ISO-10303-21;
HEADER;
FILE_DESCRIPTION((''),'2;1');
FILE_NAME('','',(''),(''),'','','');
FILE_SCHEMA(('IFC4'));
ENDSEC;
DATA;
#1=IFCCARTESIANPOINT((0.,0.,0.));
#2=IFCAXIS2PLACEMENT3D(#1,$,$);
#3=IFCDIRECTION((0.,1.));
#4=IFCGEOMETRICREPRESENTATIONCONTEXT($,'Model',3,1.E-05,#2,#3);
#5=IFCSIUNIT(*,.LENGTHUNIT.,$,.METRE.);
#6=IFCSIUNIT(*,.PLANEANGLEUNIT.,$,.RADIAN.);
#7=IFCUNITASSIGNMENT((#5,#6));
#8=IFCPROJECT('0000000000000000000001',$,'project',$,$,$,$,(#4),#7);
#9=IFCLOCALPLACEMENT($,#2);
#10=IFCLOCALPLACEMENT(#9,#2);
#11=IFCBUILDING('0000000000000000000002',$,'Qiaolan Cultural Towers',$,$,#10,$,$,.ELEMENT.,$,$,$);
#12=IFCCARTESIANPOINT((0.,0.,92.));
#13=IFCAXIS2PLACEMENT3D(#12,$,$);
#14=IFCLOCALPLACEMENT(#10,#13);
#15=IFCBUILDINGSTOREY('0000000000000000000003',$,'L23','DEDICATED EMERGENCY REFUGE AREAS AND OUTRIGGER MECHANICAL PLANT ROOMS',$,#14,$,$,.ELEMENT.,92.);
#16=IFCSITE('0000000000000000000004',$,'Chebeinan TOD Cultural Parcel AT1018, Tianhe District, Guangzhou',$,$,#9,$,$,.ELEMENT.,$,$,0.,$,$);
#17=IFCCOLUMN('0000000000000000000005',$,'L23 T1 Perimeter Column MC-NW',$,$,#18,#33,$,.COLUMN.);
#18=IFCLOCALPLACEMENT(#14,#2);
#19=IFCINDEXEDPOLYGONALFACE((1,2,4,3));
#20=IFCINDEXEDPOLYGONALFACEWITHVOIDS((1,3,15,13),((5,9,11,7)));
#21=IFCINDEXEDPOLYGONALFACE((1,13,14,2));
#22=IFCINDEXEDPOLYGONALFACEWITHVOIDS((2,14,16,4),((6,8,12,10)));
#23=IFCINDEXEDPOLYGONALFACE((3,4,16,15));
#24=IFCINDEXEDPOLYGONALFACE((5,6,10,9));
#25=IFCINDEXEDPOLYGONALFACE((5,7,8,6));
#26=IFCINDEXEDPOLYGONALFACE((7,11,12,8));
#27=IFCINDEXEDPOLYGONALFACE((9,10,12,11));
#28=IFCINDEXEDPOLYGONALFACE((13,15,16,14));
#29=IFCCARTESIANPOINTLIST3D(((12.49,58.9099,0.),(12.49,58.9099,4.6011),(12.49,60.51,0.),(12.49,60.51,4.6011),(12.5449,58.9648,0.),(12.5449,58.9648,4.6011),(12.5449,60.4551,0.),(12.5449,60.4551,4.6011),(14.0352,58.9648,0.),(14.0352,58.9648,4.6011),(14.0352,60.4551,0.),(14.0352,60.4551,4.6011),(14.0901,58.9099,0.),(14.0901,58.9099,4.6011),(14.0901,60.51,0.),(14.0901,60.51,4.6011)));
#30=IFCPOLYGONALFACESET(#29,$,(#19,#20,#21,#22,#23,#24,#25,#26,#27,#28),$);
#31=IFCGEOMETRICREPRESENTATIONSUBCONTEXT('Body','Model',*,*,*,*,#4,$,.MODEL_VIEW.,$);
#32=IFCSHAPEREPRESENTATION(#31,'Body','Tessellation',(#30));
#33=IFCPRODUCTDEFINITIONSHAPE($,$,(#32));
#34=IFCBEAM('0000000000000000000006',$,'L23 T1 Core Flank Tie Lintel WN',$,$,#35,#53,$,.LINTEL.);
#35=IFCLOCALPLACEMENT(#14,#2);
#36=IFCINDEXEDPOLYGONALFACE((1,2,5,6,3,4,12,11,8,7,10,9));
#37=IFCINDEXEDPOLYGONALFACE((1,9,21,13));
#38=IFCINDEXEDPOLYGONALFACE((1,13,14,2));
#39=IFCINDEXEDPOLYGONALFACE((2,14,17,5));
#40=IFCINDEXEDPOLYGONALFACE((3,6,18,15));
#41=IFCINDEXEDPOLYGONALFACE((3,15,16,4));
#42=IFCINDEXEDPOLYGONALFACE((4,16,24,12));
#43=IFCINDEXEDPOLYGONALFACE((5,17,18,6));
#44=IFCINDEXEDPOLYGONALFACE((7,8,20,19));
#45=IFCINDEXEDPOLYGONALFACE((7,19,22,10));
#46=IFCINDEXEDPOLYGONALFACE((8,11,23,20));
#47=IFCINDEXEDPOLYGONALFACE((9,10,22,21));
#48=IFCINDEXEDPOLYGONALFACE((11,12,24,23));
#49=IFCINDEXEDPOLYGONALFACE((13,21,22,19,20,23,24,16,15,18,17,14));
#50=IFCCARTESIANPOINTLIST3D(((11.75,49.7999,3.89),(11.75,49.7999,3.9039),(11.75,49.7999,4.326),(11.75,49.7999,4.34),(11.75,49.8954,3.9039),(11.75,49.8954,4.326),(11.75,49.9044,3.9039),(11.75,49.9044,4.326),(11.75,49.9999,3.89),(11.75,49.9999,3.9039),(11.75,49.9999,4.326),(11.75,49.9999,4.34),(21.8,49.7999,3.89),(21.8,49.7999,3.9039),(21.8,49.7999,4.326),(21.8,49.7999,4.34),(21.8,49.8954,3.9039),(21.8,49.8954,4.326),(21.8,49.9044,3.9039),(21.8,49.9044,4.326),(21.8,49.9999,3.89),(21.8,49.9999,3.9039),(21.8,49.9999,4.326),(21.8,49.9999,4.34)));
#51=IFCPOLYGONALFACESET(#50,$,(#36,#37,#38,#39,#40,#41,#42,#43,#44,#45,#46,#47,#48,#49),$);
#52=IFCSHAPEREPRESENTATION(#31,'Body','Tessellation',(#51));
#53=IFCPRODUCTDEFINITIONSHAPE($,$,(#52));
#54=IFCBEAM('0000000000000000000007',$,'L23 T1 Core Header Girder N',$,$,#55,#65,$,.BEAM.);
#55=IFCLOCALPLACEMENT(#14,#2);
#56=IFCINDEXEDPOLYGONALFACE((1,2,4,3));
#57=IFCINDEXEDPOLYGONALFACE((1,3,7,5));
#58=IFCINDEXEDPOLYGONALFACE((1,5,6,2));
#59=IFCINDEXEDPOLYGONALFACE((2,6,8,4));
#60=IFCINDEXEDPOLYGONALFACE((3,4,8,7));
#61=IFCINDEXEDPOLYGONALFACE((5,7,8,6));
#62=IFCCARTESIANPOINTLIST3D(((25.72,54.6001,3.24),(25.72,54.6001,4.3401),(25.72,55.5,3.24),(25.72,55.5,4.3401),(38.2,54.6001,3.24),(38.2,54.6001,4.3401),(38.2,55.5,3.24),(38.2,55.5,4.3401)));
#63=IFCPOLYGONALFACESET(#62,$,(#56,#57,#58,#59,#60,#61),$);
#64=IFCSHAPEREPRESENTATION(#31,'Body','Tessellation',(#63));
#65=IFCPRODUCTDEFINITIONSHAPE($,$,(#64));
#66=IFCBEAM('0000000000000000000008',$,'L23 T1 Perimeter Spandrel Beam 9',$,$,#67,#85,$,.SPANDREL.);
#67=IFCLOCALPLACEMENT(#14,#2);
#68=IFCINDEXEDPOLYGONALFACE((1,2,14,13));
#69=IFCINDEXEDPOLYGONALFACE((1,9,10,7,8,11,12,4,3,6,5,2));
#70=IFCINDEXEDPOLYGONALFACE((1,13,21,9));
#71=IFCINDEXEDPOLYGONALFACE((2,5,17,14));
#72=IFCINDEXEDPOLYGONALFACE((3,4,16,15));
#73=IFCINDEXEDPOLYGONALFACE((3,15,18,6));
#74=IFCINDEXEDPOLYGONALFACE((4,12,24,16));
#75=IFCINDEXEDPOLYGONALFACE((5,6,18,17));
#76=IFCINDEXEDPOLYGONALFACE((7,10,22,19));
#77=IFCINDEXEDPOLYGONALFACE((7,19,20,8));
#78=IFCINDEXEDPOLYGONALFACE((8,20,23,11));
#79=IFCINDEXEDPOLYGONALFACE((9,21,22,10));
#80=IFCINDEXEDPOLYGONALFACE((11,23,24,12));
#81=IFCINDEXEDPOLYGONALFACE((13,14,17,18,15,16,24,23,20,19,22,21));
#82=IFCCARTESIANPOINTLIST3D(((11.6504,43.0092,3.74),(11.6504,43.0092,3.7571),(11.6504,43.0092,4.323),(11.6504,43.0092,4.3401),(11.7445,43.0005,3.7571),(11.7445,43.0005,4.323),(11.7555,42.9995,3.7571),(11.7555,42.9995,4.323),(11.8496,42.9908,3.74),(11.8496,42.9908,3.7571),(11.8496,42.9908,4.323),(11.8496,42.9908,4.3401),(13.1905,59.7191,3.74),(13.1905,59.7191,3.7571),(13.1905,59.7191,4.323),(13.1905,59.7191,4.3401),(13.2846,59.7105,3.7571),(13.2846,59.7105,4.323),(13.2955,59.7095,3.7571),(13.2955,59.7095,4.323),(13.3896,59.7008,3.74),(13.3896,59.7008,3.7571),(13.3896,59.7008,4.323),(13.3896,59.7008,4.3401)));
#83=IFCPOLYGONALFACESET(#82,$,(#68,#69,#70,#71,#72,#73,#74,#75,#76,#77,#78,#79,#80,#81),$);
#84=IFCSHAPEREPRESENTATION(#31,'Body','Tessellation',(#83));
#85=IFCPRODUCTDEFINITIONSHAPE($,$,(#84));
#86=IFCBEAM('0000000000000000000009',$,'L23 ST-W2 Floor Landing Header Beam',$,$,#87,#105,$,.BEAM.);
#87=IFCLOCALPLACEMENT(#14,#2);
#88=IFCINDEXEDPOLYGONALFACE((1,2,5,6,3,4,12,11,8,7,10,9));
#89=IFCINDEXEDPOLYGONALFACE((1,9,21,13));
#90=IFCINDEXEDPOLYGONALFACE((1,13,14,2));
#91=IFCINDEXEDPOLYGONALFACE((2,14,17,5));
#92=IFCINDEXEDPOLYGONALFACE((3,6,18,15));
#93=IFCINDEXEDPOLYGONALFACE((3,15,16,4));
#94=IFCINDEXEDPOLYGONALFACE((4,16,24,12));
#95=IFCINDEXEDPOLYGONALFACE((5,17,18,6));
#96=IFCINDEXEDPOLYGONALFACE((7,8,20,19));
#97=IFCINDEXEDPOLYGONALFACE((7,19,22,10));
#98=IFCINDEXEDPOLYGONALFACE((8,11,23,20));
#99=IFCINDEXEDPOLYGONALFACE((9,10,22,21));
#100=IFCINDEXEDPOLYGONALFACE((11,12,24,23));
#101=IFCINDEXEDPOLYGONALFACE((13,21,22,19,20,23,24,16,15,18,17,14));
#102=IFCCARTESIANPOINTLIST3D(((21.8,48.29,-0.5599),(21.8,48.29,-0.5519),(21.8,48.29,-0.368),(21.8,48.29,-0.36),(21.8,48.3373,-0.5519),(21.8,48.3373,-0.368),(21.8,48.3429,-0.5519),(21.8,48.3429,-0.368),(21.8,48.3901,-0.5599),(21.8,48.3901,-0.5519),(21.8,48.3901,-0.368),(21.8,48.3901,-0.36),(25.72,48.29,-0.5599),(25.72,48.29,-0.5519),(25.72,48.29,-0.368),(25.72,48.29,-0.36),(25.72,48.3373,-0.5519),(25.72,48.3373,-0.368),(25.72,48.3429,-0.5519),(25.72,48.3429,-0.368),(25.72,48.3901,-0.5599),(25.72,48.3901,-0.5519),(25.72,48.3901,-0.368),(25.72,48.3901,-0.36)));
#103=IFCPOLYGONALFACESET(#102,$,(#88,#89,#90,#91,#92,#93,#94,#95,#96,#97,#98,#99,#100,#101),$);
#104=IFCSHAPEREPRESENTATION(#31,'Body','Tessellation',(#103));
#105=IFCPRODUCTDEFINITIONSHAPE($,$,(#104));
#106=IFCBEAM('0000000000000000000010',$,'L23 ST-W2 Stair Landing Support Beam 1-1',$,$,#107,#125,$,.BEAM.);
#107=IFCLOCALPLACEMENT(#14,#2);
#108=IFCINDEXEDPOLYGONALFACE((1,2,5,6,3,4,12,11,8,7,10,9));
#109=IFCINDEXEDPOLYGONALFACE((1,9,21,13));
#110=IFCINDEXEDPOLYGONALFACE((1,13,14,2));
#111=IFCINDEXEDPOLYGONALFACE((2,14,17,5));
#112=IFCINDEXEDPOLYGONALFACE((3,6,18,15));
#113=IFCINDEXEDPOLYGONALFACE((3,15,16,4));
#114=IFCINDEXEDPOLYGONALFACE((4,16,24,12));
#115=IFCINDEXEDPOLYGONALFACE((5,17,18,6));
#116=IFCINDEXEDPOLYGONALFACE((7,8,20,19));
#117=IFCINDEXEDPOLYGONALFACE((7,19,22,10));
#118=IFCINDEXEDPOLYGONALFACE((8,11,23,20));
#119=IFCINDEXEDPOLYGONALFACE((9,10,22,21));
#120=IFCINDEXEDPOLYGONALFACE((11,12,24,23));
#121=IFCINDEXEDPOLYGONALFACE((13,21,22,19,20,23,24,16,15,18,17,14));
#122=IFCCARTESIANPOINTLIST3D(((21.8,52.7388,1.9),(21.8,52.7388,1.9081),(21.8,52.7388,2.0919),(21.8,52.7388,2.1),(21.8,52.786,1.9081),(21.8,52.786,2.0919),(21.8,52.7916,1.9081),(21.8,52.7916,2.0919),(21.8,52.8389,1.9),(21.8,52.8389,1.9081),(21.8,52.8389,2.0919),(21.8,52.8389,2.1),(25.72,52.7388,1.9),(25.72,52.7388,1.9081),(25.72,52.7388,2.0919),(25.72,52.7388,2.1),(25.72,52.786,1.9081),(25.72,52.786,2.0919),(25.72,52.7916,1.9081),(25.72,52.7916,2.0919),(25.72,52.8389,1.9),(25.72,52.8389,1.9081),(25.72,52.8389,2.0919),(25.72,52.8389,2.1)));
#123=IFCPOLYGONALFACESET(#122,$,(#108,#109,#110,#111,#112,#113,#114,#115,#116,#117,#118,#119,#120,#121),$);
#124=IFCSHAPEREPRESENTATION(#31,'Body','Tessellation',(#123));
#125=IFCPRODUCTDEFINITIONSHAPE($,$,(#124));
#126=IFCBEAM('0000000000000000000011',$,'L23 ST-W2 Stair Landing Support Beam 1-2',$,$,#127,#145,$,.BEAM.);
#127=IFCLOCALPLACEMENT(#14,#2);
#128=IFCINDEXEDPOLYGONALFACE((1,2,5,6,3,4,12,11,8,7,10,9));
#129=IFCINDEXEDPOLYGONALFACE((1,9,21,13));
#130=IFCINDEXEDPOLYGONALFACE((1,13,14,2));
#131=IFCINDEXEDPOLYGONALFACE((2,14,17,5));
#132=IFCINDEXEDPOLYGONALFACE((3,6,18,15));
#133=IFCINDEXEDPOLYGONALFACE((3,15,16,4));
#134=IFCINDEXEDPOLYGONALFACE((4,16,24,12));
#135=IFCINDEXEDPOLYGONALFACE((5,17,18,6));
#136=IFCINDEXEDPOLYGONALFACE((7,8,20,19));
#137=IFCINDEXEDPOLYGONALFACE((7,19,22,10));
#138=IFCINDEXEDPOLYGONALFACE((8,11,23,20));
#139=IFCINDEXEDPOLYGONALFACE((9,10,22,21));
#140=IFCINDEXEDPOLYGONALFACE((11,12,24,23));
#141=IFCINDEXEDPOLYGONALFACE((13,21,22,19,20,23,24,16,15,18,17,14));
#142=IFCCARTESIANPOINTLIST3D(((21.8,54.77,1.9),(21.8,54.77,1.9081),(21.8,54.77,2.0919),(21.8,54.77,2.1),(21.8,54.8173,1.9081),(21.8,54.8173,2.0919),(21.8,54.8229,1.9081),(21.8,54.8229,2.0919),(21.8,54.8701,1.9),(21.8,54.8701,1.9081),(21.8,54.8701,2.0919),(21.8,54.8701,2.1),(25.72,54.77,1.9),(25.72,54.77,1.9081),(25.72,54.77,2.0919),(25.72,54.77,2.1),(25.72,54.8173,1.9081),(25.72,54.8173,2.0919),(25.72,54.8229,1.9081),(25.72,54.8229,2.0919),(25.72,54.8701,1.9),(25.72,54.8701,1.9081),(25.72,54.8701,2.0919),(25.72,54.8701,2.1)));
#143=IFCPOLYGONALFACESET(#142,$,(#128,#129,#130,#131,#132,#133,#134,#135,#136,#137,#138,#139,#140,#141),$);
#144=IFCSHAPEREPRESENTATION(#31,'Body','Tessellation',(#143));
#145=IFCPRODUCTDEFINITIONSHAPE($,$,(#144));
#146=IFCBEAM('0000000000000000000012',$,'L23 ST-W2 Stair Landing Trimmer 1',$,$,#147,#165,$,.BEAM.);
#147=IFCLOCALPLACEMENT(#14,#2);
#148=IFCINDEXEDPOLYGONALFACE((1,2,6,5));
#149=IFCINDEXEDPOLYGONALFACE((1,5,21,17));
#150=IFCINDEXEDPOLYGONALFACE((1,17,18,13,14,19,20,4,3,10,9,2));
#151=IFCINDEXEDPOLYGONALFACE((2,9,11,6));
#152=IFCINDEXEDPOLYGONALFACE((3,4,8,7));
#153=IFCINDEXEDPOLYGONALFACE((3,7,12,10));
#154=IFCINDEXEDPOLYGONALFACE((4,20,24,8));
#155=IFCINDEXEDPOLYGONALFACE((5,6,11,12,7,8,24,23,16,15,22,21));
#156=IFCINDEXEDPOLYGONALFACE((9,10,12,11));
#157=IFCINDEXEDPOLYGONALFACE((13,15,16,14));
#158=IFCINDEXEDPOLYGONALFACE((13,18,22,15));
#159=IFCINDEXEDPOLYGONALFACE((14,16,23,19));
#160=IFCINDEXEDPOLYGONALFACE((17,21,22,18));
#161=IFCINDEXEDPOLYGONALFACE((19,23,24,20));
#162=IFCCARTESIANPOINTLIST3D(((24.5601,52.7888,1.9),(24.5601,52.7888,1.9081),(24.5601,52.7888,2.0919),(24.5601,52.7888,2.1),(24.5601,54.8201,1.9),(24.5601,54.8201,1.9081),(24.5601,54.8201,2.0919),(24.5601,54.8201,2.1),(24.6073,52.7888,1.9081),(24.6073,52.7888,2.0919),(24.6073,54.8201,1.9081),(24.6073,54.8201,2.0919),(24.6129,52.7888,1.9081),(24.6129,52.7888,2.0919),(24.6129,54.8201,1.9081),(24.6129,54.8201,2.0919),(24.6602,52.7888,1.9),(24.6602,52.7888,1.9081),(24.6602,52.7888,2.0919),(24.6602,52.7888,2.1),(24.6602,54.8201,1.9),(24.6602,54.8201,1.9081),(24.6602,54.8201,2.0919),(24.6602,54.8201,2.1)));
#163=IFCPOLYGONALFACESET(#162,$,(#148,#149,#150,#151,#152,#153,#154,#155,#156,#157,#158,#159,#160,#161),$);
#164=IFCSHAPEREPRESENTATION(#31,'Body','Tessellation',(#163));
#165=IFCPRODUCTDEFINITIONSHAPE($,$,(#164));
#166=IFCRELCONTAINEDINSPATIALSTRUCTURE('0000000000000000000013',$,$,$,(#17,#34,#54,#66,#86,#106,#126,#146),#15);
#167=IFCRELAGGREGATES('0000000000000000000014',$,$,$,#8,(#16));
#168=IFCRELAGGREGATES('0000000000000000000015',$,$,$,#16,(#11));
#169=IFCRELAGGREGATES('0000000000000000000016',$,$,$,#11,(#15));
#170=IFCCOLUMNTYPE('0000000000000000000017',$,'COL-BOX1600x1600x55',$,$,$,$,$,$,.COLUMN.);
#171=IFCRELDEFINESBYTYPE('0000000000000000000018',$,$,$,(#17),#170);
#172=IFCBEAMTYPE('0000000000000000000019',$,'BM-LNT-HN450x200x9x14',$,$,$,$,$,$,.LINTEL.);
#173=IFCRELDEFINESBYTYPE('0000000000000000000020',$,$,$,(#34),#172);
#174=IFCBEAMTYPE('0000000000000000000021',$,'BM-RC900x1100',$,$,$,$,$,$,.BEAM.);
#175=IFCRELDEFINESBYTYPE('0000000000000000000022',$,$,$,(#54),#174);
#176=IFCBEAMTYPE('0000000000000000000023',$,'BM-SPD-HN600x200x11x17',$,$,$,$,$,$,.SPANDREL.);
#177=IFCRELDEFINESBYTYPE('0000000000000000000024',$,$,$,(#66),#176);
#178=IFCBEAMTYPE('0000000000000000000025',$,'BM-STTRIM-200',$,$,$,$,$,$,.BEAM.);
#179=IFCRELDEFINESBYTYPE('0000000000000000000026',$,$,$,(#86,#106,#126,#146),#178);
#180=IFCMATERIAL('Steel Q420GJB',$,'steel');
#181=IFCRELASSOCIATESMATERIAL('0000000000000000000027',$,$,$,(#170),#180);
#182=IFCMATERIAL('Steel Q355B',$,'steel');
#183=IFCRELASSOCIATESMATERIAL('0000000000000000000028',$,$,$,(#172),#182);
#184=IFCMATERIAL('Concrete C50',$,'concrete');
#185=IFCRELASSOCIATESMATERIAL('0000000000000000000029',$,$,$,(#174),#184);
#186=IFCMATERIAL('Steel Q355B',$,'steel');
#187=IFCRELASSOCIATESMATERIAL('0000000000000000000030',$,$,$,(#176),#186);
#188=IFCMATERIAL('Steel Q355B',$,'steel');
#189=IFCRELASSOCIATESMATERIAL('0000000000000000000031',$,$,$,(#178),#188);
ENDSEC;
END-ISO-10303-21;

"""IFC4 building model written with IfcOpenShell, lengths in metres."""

from ifc_helpers import new_model, si_unit, direction, frame, origin, origin_2d, place, context, subcontext, project, spatial, rectangle, hollow_rectangle, i_section, extrude, material, material_profile, profile_set, type_object, element, save


model = new_model("IFC4")

# Units and contexts
model_context = context("Model", 3, precision=1e-05, world=origin(), true_north=direction((0.0, 1.0)))
body_context = subcontext(model_context, "Body", "Model", "MODEL_VIEW")
ifc_project = project(units=[si_unit("LENGTHUNIT", "METRE"), si_unit("PLANEANGLEUNIT", "RADIAN")], contexts=[model_context])

# Site, building, storey
site_placement = place(None, origin())
site = spatial("IfcSite", under=ifc_project, at=site_placement, Name="Chebeinan TOD Cultural Parcel AT1018, Tianhe District, Guangzhou", CompositionType="ELEMENT", RefElevation=0.0)
building_placement = place(site_placement, origin())
building = spatial("IfcBuilding", under=site, at=building_placement, Name="Qiaolan Cultural Towers", CompositionType="ELEMENT")
storey_placement = place(building_placement, frame((0.0, 0.0, 92.0)))
storey = spatial("IfcBuildingStorey", under=building, at=storey_placement, Name="L23", Description="DEDICATED EMERGENCY REFUGE AREAS AND OUTRIGGER MECHANICAL PLANT ROOMS", CompositionType="ELEMENT", Elevation=92.0)

# Column
ifc_material_1 = material(Name="Steel Q420GJB", Category="steel")
ifc_material_profile_1 = material_profile(ifc_material_1, hollow_rectangle(XDim=1.6001, YDim=1.6001, WallThickness=0.0549, at=origin_2d()), Name="BOX1600x1600x55")
ifc_profile_set_1 = profile_set([ifc_material_profile_1], Name="Steel Q420GJB")
column_type = type_object("IfcColumnType", Name="COL-BOX1600x1600x55", PredefinedType="COLUMN", material=ifc_profile_set_1)
column_placement = place(storey_placement, frame((13.29, 59.71, 0.0), z_axis=(0.0, 0.0, 1.0), x_axis=(1.0, 0.0, 0.0)))
element("IfcColumn", 1, at=column_placement, inside=storey, type_object=column_type, Name="L23 T1 Perimeter Column MC-NW", PredefinedType="COLUMN", context=body_context, shape_type="SweptSolid", body=[
    extrude(hollow_rectangle(XDim=1.6001, YDim=1.6001, WallThickness=0.0549, at=origin_2d()), origin(), (0.0, 0.0, 1.0), 4.6011),
])

# Beams
ifc_material_2 = material(Name="Steel Q355B", Category="steel")
ifc_material_profile_2 = material_profile(ifc_material_2, i_section(OverallWidth=0.2, OverallDepth=0.45, WebThickness=0.009, FlangeThickness=0.0139, at=origin_2d()), Name="HN450x200x9x14")
ifc_profile_set_2 = profile_set([ifc_material_profile_2], Name="Steel Q355B")
beam_type_1 = type_object("IfcBeamType", Name="BM-LNT-HN450x200x9x14", PredefinedType="LINTEL", material=ifc_profile_set_2)
beam_1_placement = place(storey_placement, frame((21.8, 49.8999, 4.115), z_axis=(-1.0, 0.0, 0.0), x_axis=(0.0, -1.0, 0.0)))
element("IfcBeam", 2, at=beam_1_placement, inside=storey, type_object=beam_type_1, Name="L23 T1 Core Flank Tie Lintel WN", PredefinedType="LINTEL", context=body_context, shape_type="SweptSolid", body=[
    extrude(i_section(OverallWidth=0.2, OverallDepth=0.45, WebThickness=0.009, FlangeThickness=0.0139, at=origin_2d()), origin(), (0.0, 0.0, 1.0), 10.05),
])
ifc_material_3 = material(Name="Concrete C50", Category="concrete")
ifc_material_profile_3 = material_profile(ifc_material_3, rectangle(XDim=0.8999, YDim=1.1001, at=origin_2d()), Name="RC900x1100")
ifc_profile_set_3 = profile_set([ifc_material_profile_3], Name="Concrete C50")
beam_type_2 = type_object("IfcBeamType", Name="BM-RC900x1100", PredefinedType="BEAM", material=ifc_profile_set_3)
beam_2_placement = place(storey_placement, frame((25.72, 55.05, 3.79), z_axis=(1.0, 0.0, 0.0), x_axis=(0.0, 1.0, 0.0)))
element("IfcBeam", 3, at=beam_2_placement, inside=storey, type_object=beam_type_2, Name="L23 T1 Core Header Girder N", PredefinedType="BEAM", context=body_context, shape_type="SweptSolid", body=[
    extrude(rectangle(XDim=0.8999, YDim=1.1001, at=origin_2d()), origin(), (0.0, 0.0, 1.0), 12.48),
])
ifc_material_4 = material(Name="Steel Q355B", Category="steel")
ifc_material_profile_4 = material_profile(ifc_material_4, i_section(OverallWidth=0.2, OverallDepth=0.6001, WebThickness=0.011, FlangeThickness=0.0171, at=origin_2d()), Name="HN600x200x11x17")
ifc_profile_set_4 = profile_set([ifc_material_profile_4], Name="Steel Q355B")
beam_type_3 = type_object("IfcBeamType", Name="BM-SPD-HN600x200x11x17", PredefinedType="SPANDREL", material=ifc_profile_set_4)
beam_3_placement = place(storey_placement, frame((13.29, 59.71, 4.04), z_axis=(-0.091774, -0.99578, 0.0), x_axis=(0.99578, -0.091774, 0.0)))
element("IfcBeam", 4, at=beam_3_placement, inside=storey, type_object=beam_type_3, Name="L23 T1 Perimeter Spandrel Beam 9", PredefinedType="SPANDREL", context=body_context, shape_type="SweptSolid", body=[
    extrude(i_section(OverallWidth=0.2, OverallDepth=0.6001, WebThickness=0.011, FlangeThickness=0.0171, at=origin_2d()), origin(), (0.0, 0.0, 1.0), 16.7808),
])
ifc_material_5 = material(Name="Steel Q355B", Category="steel")
ifc_material_profile_5 = material_profile(ifc_material_5, i_section(OverallWidth=0.1001, OverallDepth=0.2, WebThickness=0.0056, FlangeThickness=0.0081, at=origin_2d()), Name="HN200x100x5.5x8")
ifc_profile_set_5 = profile_set([ifc_material_profile_5], Name="Steel Q355B")
beam_type_4 = type_object("IfcBeamType", Name="BM-STTRIM-200", PredefinedType="BEAM", material=ifc_profile_set_5)
for number, where, z_axis, x_axis, name in (
    (5, (21.8, 48.3401, -0.46), (1.0, 0.0, 0.0), (0.0, 1.0, 0.0), "L23 ST-W2 Floor Landing Header Beam"),
    (6, (21.8, 52.7888, 2.0), (1.0, 0.0, 0.0), (0.0, 1.0, 0.0), "L23 ST-W2 Stair Landing Support Beam 1-1"),
    (7, (21.8, 54.8201, 2.0), (1.0, 0.0, 0.0), (0.0, 1.0, 0.0), "L23 ST-W2 Stair Landing Support Beam 1-2"),
):
    element("IfcBeam", number, at=place(storey_placement, frame(where, z_axis=z_axis, x_axis=x_axis)), inside=storey, type_object=beam_type_4, Name=name, PredefinedType="BEAM", context=body_context, shape_type="SweptSolid", body=[
        extrude(i_section(OverallWidth=0.1001, OverallDepth=0.2, WebThickness=0.0056, FlangeThickness=0.0081, at=origin_2d()), origin(), (0.0, 0.0, 1.0), 3.9199),
    ])
beam_4_placement = place(storey_placement, frame((24.6101, 52.7888, 2.0), z_axis=(0.0, 1.0, 0.0), x_axis=(-1.0, 0.0, 0.0)))
element("IfcBeam", 8, at=beam_4_placement, inside=storey, type_object=beam_type_4, Name="L23 ST-W2 Stair Landing Trimmer 1", PredefinedType="BEAM", context=body_context, shape_type="SweptSolid", body=[
    extrude(i_section(OverallWidth=0.1001, OverallDepth=0.2, WebThickness=0.0056, FlangeThickness=0.0081, at=origin_2d()), origin(), (0.0, 0.0, 1.0), 2.0312),
])

save(model, "model.ifc")
